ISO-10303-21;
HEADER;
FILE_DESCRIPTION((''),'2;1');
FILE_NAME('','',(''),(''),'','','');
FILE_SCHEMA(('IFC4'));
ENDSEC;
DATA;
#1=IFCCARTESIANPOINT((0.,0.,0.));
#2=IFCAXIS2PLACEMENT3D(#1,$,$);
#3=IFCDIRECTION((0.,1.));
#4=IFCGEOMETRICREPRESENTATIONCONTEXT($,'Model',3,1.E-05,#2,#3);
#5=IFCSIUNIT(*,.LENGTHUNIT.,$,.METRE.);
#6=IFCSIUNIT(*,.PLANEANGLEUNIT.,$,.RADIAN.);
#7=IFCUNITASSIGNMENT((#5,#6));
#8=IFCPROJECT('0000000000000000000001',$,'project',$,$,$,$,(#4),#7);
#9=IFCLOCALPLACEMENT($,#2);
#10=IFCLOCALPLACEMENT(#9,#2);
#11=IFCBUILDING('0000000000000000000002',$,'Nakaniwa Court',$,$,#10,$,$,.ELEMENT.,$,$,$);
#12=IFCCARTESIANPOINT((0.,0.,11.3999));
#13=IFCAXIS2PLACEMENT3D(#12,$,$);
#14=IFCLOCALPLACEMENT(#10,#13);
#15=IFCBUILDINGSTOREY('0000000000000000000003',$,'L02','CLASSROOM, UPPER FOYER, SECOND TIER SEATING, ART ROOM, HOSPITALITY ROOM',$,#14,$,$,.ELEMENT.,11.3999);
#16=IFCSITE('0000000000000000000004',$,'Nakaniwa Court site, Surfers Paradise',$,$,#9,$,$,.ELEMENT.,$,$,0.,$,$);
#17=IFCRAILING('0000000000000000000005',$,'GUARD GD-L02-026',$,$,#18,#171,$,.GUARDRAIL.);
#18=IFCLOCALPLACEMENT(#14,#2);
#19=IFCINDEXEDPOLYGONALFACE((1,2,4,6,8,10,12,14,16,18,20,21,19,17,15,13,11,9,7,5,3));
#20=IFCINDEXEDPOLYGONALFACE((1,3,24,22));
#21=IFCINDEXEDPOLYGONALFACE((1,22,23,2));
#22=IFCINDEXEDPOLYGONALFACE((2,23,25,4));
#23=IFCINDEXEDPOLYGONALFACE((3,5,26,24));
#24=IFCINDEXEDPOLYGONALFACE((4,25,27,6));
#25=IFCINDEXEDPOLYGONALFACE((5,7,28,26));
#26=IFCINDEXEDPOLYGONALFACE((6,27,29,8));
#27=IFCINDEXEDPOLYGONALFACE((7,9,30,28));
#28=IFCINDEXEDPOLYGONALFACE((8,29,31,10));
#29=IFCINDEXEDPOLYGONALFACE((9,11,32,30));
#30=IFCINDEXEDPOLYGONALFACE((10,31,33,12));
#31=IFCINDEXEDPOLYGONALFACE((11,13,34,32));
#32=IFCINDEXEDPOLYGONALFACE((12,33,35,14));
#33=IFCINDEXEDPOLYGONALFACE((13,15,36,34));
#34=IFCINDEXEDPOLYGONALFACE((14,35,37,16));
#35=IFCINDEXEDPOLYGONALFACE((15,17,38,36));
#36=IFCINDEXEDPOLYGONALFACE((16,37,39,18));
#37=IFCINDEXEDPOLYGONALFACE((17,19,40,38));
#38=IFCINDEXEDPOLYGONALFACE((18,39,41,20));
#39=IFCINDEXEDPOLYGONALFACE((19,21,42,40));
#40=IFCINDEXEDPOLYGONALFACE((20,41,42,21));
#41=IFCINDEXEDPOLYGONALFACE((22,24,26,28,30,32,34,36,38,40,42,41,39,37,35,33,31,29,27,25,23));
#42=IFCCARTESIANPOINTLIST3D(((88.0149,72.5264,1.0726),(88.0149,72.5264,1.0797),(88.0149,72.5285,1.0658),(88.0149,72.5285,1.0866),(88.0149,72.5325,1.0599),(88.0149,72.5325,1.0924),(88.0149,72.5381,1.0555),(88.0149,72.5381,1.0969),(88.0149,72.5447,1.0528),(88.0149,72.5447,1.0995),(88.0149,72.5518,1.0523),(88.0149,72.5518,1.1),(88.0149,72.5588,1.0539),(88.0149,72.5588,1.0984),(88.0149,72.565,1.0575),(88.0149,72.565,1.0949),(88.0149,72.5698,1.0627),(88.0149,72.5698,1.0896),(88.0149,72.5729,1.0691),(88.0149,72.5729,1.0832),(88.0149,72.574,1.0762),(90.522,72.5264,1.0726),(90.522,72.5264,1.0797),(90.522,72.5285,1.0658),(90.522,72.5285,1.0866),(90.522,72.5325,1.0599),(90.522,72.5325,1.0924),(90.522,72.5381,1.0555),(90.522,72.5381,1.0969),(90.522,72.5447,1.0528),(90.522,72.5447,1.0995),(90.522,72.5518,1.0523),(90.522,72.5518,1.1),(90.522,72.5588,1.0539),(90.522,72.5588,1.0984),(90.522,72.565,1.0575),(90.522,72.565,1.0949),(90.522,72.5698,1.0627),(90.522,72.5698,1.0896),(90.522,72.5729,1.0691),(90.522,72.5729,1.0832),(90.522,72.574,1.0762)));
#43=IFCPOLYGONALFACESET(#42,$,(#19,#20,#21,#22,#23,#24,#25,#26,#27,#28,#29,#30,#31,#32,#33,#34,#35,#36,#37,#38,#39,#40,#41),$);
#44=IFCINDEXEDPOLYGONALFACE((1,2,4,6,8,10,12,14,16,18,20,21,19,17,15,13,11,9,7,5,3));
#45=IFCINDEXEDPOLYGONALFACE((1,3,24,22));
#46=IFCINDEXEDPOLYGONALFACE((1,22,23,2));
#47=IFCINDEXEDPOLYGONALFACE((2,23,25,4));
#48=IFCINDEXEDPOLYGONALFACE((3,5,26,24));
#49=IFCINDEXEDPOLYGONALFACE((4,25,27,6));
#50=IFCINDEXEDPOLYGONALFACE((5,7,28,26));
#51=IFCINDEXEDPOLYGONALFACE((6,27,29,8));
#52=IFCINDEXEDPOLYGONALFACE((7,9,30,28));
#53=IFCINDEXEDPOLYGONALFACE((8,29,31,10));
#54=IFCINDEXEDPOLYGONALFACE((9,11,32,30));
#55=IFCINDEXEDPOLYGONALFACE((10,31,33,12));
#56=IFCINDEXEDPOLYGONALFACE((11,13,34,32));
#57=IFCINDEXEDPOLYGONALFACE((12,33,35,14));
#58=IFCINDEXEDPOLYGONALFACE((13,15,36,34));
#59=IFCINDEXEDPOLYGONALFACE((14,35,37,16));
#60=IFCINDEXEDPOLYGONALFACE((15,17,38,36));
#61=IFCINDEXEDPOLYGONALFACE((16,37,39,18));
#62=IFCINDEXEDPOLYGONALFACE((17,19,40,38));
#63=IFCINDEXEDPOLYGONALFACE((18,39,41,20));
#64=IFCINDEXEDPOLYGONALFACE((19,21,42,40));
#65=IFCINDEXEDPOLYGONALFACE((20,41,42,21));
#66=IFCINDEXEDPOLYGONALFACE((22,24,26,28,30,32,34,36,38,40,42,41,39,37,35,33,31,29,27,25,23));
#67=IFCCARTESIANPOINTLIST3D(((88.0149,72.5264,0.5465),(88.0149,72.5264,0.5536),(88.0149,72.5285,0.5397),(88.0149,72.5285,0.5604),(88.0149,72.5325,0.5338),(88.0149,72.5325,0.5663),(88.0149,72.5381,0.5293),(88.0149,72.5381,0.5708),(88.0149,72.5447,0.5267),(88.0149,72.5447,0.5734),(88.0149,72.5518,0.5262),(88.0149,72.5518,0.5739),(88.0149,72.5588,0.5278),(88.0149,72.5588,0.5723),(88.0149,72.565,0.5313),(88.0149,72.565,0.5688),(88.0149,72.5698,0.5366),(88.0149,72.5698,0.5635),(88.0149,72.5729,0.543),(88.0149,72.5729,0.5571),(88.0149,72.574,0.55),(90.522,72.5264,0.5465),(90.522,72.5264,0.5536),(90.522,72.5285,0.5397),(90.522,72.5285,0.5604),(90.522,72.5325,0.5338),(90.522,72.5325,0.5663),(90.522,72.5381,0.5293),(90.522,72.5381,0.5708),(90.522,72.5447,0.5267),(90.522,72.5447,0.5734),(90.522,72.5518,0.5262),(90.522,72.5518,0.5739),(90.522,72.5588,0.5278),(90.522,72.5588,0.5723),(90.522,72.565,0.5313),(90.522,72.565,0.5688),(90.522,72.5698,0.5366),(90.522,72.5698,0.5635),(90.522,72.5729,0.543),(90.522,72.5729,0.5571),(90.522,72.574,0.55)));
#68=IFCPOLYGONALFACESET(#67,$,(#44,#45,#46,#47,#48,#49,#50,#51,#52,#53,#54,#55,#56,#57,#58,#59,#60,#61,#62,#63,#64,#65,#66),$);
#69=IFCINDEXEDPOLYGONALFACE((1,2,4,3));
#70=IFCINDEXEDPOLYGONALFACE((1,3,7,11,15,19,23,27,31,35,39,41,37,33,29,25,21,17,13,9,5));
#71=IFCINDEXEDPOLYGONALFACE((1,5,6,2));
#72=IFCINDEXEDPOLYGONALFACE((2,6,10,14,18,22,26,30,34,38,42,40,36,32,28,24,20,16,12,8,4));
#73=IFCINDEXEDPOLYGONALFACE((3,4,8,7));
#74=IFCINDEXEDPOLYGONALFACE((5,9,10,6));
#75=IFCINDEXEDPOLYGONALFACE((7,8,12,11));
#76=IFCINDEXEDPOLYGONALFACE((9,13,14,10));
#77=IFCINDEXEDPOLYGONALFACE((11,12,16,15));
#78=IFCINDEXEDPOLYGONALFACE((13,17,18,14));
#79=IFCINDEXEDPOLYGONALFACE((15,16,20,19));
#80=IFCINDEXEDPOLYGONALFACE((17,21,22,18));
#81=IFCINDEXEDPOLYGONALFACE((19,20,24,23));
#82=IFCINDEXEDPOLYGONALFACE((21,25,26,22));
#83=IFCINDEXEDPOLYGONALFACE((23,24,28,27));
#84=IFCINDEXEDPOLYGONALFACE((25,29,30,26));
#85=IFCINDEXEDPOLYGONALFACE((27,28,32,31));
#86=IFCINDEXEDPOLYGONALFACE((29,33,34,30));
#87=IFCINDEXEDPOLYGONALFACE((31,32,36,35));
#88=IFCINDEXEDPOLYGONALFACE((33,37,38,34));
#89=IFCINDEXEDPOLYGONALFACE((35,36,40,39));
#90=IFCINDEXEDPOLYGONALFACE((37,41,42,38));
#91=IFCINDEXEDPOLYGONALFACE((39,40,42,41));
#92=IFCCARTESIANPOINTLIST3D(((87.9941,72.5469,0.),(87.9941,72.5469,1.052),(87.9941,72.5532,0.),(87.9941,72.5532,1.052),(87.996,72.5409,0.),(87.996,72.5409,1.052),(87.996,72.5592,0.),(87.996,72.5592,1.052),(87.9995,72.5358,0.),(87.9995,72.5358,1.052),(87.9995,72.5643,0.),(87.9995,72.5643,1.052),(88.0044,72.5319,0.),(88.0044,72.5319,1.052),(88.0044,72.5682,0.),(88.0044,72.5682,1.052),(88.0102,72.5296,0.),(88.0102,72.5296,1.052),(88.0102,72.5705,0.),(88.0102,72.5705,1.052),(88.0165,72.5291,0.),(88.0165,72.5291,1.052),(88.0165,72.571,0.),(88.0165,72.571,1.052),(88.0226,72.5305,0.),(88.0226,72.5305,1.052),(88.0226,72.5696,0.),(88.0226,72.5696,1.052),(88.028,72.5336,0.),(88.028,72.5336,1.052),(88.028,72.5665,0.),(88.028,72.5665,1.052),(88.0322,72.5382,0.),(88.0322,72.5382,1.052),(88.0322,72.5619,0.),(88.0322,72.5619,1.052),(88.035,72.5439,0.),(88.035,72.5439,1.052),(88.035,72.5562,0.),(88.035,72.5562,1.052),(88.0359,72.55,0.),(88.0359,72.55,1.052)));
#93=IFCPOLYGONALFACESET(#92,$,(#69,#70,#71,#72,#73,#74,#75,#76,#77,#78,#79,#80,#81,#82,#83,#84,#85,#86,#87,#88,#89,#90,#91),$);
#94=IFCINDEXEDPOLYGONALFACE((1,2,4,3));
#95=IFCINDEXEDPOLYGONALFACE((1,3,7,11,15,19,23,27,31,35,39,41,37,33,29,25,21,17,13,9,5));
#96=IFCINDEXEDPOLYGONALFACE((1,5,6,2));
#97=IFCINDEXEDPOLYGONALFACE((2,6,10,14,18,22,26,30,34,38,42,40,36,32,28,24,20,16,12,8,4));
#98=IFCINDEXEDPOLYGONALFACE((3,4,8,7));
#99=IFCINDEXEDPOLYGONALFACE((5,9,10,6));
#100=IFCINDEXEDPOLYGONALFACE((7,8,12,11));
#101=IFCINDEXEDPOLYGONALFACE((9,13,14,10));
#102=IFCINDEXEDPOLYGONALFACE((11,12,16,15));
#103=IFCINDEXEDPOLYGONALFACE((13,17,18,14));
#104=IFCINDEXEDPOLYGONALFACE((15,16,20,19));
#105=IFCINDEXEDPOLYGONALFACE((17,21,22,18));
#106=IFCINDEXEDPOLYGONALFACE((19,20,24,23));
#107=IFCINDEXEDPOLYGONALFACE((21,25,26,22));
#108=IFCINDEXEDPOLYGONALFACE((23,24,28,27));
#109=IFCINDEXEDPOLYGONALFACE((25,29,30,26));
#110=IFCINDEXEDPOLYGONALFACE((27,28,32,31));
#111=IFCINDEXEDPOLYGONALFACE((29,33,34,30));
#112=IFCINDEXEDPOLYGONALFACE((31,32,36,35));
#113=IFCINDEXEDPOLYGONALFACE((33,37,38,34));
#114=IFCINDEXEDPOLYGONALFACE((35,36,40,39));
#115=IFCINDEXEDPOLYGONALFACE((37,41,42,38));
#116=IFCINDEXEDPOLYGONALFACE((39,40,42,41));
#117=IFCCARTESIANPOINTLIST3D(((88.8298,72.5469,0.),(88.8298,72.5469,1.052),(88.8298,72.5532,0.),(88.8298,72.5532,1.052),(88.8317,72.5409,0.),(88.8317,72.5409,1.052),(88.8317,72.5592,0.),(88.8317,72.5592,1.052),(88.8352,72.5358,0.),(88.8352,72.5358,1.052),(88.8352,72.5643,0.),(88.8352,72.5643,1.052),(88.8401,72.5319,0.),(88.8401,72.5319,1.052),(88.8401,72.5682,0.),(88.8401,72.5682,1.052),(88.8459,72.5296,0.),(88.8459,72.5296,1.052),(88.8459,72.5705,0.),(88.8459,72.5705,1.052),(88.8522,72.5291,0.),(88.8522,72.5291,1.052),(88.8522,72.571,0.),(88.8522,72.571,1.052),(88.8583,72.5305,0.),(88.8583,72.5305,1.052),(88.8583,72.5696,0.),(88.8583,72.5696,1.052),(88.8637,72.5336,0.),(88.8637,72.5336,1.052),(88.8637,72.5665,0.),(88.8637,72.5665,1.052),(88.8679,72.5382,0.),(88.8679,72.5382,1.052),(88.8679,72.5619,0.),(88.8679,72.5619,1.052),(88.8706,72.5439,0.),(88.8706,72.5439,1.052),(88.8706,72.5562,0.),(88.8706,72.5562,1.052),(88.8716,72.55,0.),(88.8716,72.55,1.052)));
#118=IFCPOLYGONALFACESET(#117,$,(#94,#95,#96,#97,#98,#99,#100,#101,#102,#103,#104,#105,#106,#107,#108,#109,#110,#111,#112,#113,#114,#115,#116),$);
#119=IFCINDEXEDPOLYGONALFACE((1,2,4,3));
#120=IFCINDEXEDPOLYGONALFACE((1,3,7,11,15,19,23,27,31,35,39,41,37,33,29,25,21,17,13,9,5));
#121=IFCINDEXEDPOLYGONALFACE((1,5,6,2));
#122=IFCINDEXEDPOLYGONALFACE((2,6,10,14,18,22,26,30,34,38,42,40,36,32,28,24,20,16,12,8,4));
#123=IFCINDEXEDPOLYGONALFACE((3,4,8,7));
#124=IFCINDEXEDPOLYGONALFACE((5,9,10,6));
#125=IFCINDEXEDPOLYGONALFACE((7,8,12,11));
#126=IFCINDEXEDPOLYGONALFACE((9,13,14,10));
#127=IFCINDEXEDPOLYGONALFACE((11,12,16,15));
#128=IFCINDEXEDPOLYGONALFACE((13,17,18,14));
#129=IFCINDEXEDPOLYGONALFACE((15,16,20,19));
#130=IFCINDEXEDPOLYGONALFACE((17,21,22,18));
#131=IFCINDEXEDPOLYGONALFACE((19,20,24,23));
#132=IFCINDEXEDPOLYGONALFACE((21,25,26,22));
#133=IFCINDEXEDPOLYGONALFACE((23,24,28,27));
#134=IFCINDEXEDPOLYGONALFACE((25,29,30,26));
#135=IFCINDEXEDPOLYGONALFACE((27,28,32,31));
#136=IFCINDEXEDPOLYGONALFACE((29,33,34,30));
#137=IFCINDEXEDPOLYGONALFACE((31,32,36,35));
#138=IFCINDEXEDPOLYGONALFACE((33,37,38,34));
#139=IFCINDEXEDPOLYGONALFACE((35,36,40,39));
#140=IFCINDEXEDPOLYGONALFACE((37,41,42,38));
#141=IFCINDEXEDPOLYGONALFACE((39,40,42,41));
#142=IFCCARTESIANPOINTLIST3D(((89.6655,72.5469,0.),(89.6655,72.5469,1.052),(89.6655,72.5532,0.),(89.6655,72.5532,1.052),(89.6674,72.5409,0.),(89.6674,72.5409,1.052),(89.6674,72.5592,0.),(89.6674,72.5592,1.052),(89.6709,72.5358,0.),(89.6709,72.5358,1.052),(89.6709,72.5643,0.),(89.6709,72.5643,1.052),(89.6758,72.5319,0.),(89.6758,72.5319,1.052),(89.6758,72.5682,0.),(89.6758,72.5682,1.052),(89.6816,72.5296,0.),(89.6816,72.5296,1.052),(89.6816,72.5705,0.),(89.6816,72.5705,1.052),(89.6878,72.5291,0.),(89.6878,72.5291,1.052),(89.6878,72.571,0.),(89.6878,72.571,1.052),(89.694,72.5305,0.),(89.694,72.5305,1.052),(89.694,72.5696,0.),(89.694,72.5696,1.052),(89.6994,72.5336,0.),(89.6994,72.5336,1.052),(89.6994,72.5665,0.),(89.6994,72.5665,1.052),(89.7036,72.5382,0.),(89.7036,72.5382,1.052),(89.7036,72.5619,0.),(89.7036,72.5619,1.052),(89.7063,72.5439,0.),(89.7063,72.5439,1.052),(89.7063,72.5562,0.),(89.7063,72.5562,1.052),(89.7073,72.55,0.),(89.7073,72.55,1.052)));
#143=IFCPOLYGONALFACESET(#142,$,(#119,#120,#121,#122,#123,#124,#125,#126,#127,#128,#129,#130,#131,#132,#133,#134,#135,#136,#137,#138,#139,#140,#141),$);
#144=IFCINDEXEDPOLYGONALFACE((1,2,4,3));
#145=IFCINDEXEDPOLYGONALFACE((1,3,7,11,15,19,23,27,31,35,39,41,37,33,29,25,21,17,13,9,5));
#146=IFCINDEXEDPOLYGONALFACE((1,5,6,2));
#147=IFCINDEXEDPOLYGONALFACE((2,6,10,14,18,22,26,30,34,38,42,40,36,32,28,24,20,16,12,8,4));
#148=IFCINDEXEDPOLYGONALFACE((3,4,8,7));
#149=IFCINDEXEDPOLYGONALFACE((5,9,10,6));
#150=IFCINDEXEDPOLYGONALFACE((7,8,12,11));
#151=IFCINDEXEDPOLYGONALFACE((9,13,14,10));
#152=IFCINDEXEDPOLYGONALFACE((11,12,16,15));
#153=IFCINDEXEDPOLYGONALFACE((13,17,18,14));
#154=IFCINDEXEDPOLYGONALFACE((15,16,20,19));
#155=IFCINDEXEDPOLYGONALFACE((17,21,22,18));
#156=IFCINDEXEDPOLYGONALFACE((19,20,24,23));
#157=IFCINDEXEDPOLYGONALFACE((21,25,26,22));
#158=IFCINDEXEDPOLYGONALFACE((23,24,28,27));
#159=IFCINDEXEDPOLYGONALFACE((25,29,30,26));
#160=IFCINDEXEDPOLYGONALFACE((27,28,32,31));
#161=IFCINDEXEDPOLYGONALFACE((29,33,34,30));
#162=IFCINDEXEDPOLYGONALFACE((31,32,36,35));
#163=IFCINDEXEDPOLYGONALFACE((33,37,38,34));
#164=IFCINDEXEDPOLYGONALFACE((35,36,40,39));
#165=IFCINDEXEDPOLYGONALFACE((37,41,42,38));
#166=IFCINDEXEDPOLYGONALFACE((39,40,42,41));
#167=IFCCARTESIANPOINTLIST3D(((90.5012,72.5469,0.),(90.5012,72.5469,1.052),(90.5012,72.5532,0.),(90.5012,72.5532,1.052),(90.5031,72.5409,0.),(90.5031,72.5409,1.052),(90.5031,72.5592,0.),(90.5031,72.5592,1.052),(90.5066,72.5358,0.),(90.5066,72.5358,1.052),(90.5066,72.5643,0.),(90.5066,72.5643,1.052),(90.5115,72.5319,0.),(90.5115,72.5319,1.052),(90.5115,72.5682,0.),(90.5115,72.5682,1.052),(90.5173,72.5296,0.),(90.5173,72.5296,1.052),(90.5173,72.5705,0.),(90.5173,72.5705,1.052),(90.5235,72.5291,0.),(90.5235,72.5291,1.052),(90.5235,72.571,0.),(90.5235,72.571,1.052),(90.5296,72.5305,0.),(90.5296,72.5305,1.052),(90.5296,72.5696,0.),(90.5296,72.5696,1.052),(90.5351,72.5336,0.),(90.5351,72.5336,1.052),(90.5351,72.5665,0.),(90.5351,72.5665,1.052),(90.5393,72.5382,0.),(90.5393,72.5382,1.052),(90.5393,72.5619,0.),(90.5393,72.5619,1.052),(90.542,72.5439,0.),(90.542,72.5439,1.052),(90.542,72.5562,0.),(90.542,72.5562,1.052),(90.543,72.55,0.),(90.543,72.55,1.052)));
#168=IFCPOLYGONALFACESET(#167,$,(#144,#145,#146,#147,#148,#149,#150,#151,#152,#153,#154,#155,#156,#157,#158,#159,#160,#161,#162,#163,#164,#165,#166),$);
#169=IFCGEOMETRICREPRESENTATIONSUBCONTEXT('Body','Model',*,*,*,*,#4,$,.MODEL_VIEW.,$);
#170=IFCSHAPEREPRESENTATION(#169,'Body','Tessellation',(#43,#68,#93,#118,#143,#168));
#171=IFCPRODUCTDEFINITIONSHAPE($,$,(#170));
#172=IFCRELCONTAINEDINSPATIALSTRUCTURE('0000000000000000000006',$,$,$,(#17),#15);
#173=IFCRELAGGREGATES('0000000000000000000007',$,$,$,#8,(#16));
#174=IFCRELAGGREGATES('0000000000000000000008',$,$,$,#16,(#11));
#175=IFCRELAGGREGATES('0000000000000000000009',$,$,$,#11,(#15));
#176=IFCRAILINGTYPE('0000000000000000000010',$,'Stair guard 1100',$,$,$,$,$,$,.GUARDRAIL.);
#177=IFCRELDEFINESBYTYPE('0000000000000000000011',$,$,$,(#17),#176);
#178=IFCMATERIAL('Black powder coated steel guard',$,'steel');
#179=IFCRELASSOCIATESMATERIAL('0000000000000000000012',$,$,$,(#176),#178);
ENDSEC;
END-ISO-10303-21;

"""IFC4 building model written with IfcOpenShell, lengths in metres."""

from ifc_helpers import new_model, si_unit, direction, frame, origin, origin_2d, place, context, subcontext, project, spatial, circle, extrude, material, type_object, element, save


model = new_model("IFC4")

# Units and contexts
model_context = context("Model", 3, precision=1e-05, world=origin(), true_north=direction((0.0, 1.0)))
body_context = subcontext(model_context, "Body", "Model", "MODEL_VIEW")
ifc_project = project(units=[si_unit("LENGTHUNIT", "METRE"), si_unit("PLANEANGLEUNIT", "RADIAN")], contexts=[model_context])

# Site, building, storey
site_placement = place(None, origin())
site = spatial("IfcSite", under=ifc_project, at=site_placement, Name="Nakaniwa Court site, Surfers Paradise", CompositionType="ELEMENT", RefElevation=0.0)
building_placement = place(site_placement, origin())
building = spatial("IfcBuilding", under=site, at=building_placement, Name="Nakaniwa Court", CompositionType="ELEMENT")
storey_placement = place(building_placement, frame((0.0, 0.0, 11.3999)))
storey = spatial("IfcBuildingStorey", under=building, at=storey_placement, Name="L02", Description="CLASSROOM, UPPER FOYER, SECOND TIER SEATING, ART ROOM, HOSPITALITY ROOM", CompositionType="ELEMENT", Elevation=11.3999)

# Railing
ifc_material_1 = material(Name="Black powder coated steel guard", Category="steel")
railing_type = type_object("IfcRailingType", Name="Stair guard 1100", PredefinedType="GUARDRAIL", material=ifc_material_1)
railing_placement = place(storey_placement, frame((88.0149, 72.55, 0.0)))
element("IfcRailing", 1, at=railing_placement, inside=storey, type_object=railing_type, Name="GUARD GD-L02-026", PredefinedType="GUARDRAIL", context=body_context, shape_type="SweptSolid", body=[
    extrude(circle(Radius=0.0239, at=origin_2d()), frame((0.0, 0.0, 1.0762), z_axis=(1.0, 0.0, 0.0), x_axis=(0.0, 1.0, 0.0)), (0.0, 0.0, 1.0), 2.5071),
    extrude(circle(Radius=0.0239, at=origin_2d()), frame((0.0, 0.0, 0.55), z_axis=(1.0, 0.0, 0.0), x_axis=(0.0, 1.0, 0.0)), (0.0, 0.0, 1.0), 2.5071),
    extrude(circle(Radius=0.021, at=origin_2d()), origin(), (0.0, 0.0, 1.0), 1.052),
    extrude(circle(Radius=0.021, at=origin_2d()), frame((0.8357, 0.0, 0.0)), (0.0, 0.0, 1.0), 1.052),
    extrude(circle(Radius=0.021, at=origin_2d()), frame((1.6714, 0.0, 0.0)), (0.0, 0.0, 1.0), 1.052),
    extrude(circle(Radius=0.021, at=origin_2d()), frame((2.5071, 0.0, 0.0)), (0.0, 0.0, 1.0), 1.052),
])

save(model, "model.ifc")
